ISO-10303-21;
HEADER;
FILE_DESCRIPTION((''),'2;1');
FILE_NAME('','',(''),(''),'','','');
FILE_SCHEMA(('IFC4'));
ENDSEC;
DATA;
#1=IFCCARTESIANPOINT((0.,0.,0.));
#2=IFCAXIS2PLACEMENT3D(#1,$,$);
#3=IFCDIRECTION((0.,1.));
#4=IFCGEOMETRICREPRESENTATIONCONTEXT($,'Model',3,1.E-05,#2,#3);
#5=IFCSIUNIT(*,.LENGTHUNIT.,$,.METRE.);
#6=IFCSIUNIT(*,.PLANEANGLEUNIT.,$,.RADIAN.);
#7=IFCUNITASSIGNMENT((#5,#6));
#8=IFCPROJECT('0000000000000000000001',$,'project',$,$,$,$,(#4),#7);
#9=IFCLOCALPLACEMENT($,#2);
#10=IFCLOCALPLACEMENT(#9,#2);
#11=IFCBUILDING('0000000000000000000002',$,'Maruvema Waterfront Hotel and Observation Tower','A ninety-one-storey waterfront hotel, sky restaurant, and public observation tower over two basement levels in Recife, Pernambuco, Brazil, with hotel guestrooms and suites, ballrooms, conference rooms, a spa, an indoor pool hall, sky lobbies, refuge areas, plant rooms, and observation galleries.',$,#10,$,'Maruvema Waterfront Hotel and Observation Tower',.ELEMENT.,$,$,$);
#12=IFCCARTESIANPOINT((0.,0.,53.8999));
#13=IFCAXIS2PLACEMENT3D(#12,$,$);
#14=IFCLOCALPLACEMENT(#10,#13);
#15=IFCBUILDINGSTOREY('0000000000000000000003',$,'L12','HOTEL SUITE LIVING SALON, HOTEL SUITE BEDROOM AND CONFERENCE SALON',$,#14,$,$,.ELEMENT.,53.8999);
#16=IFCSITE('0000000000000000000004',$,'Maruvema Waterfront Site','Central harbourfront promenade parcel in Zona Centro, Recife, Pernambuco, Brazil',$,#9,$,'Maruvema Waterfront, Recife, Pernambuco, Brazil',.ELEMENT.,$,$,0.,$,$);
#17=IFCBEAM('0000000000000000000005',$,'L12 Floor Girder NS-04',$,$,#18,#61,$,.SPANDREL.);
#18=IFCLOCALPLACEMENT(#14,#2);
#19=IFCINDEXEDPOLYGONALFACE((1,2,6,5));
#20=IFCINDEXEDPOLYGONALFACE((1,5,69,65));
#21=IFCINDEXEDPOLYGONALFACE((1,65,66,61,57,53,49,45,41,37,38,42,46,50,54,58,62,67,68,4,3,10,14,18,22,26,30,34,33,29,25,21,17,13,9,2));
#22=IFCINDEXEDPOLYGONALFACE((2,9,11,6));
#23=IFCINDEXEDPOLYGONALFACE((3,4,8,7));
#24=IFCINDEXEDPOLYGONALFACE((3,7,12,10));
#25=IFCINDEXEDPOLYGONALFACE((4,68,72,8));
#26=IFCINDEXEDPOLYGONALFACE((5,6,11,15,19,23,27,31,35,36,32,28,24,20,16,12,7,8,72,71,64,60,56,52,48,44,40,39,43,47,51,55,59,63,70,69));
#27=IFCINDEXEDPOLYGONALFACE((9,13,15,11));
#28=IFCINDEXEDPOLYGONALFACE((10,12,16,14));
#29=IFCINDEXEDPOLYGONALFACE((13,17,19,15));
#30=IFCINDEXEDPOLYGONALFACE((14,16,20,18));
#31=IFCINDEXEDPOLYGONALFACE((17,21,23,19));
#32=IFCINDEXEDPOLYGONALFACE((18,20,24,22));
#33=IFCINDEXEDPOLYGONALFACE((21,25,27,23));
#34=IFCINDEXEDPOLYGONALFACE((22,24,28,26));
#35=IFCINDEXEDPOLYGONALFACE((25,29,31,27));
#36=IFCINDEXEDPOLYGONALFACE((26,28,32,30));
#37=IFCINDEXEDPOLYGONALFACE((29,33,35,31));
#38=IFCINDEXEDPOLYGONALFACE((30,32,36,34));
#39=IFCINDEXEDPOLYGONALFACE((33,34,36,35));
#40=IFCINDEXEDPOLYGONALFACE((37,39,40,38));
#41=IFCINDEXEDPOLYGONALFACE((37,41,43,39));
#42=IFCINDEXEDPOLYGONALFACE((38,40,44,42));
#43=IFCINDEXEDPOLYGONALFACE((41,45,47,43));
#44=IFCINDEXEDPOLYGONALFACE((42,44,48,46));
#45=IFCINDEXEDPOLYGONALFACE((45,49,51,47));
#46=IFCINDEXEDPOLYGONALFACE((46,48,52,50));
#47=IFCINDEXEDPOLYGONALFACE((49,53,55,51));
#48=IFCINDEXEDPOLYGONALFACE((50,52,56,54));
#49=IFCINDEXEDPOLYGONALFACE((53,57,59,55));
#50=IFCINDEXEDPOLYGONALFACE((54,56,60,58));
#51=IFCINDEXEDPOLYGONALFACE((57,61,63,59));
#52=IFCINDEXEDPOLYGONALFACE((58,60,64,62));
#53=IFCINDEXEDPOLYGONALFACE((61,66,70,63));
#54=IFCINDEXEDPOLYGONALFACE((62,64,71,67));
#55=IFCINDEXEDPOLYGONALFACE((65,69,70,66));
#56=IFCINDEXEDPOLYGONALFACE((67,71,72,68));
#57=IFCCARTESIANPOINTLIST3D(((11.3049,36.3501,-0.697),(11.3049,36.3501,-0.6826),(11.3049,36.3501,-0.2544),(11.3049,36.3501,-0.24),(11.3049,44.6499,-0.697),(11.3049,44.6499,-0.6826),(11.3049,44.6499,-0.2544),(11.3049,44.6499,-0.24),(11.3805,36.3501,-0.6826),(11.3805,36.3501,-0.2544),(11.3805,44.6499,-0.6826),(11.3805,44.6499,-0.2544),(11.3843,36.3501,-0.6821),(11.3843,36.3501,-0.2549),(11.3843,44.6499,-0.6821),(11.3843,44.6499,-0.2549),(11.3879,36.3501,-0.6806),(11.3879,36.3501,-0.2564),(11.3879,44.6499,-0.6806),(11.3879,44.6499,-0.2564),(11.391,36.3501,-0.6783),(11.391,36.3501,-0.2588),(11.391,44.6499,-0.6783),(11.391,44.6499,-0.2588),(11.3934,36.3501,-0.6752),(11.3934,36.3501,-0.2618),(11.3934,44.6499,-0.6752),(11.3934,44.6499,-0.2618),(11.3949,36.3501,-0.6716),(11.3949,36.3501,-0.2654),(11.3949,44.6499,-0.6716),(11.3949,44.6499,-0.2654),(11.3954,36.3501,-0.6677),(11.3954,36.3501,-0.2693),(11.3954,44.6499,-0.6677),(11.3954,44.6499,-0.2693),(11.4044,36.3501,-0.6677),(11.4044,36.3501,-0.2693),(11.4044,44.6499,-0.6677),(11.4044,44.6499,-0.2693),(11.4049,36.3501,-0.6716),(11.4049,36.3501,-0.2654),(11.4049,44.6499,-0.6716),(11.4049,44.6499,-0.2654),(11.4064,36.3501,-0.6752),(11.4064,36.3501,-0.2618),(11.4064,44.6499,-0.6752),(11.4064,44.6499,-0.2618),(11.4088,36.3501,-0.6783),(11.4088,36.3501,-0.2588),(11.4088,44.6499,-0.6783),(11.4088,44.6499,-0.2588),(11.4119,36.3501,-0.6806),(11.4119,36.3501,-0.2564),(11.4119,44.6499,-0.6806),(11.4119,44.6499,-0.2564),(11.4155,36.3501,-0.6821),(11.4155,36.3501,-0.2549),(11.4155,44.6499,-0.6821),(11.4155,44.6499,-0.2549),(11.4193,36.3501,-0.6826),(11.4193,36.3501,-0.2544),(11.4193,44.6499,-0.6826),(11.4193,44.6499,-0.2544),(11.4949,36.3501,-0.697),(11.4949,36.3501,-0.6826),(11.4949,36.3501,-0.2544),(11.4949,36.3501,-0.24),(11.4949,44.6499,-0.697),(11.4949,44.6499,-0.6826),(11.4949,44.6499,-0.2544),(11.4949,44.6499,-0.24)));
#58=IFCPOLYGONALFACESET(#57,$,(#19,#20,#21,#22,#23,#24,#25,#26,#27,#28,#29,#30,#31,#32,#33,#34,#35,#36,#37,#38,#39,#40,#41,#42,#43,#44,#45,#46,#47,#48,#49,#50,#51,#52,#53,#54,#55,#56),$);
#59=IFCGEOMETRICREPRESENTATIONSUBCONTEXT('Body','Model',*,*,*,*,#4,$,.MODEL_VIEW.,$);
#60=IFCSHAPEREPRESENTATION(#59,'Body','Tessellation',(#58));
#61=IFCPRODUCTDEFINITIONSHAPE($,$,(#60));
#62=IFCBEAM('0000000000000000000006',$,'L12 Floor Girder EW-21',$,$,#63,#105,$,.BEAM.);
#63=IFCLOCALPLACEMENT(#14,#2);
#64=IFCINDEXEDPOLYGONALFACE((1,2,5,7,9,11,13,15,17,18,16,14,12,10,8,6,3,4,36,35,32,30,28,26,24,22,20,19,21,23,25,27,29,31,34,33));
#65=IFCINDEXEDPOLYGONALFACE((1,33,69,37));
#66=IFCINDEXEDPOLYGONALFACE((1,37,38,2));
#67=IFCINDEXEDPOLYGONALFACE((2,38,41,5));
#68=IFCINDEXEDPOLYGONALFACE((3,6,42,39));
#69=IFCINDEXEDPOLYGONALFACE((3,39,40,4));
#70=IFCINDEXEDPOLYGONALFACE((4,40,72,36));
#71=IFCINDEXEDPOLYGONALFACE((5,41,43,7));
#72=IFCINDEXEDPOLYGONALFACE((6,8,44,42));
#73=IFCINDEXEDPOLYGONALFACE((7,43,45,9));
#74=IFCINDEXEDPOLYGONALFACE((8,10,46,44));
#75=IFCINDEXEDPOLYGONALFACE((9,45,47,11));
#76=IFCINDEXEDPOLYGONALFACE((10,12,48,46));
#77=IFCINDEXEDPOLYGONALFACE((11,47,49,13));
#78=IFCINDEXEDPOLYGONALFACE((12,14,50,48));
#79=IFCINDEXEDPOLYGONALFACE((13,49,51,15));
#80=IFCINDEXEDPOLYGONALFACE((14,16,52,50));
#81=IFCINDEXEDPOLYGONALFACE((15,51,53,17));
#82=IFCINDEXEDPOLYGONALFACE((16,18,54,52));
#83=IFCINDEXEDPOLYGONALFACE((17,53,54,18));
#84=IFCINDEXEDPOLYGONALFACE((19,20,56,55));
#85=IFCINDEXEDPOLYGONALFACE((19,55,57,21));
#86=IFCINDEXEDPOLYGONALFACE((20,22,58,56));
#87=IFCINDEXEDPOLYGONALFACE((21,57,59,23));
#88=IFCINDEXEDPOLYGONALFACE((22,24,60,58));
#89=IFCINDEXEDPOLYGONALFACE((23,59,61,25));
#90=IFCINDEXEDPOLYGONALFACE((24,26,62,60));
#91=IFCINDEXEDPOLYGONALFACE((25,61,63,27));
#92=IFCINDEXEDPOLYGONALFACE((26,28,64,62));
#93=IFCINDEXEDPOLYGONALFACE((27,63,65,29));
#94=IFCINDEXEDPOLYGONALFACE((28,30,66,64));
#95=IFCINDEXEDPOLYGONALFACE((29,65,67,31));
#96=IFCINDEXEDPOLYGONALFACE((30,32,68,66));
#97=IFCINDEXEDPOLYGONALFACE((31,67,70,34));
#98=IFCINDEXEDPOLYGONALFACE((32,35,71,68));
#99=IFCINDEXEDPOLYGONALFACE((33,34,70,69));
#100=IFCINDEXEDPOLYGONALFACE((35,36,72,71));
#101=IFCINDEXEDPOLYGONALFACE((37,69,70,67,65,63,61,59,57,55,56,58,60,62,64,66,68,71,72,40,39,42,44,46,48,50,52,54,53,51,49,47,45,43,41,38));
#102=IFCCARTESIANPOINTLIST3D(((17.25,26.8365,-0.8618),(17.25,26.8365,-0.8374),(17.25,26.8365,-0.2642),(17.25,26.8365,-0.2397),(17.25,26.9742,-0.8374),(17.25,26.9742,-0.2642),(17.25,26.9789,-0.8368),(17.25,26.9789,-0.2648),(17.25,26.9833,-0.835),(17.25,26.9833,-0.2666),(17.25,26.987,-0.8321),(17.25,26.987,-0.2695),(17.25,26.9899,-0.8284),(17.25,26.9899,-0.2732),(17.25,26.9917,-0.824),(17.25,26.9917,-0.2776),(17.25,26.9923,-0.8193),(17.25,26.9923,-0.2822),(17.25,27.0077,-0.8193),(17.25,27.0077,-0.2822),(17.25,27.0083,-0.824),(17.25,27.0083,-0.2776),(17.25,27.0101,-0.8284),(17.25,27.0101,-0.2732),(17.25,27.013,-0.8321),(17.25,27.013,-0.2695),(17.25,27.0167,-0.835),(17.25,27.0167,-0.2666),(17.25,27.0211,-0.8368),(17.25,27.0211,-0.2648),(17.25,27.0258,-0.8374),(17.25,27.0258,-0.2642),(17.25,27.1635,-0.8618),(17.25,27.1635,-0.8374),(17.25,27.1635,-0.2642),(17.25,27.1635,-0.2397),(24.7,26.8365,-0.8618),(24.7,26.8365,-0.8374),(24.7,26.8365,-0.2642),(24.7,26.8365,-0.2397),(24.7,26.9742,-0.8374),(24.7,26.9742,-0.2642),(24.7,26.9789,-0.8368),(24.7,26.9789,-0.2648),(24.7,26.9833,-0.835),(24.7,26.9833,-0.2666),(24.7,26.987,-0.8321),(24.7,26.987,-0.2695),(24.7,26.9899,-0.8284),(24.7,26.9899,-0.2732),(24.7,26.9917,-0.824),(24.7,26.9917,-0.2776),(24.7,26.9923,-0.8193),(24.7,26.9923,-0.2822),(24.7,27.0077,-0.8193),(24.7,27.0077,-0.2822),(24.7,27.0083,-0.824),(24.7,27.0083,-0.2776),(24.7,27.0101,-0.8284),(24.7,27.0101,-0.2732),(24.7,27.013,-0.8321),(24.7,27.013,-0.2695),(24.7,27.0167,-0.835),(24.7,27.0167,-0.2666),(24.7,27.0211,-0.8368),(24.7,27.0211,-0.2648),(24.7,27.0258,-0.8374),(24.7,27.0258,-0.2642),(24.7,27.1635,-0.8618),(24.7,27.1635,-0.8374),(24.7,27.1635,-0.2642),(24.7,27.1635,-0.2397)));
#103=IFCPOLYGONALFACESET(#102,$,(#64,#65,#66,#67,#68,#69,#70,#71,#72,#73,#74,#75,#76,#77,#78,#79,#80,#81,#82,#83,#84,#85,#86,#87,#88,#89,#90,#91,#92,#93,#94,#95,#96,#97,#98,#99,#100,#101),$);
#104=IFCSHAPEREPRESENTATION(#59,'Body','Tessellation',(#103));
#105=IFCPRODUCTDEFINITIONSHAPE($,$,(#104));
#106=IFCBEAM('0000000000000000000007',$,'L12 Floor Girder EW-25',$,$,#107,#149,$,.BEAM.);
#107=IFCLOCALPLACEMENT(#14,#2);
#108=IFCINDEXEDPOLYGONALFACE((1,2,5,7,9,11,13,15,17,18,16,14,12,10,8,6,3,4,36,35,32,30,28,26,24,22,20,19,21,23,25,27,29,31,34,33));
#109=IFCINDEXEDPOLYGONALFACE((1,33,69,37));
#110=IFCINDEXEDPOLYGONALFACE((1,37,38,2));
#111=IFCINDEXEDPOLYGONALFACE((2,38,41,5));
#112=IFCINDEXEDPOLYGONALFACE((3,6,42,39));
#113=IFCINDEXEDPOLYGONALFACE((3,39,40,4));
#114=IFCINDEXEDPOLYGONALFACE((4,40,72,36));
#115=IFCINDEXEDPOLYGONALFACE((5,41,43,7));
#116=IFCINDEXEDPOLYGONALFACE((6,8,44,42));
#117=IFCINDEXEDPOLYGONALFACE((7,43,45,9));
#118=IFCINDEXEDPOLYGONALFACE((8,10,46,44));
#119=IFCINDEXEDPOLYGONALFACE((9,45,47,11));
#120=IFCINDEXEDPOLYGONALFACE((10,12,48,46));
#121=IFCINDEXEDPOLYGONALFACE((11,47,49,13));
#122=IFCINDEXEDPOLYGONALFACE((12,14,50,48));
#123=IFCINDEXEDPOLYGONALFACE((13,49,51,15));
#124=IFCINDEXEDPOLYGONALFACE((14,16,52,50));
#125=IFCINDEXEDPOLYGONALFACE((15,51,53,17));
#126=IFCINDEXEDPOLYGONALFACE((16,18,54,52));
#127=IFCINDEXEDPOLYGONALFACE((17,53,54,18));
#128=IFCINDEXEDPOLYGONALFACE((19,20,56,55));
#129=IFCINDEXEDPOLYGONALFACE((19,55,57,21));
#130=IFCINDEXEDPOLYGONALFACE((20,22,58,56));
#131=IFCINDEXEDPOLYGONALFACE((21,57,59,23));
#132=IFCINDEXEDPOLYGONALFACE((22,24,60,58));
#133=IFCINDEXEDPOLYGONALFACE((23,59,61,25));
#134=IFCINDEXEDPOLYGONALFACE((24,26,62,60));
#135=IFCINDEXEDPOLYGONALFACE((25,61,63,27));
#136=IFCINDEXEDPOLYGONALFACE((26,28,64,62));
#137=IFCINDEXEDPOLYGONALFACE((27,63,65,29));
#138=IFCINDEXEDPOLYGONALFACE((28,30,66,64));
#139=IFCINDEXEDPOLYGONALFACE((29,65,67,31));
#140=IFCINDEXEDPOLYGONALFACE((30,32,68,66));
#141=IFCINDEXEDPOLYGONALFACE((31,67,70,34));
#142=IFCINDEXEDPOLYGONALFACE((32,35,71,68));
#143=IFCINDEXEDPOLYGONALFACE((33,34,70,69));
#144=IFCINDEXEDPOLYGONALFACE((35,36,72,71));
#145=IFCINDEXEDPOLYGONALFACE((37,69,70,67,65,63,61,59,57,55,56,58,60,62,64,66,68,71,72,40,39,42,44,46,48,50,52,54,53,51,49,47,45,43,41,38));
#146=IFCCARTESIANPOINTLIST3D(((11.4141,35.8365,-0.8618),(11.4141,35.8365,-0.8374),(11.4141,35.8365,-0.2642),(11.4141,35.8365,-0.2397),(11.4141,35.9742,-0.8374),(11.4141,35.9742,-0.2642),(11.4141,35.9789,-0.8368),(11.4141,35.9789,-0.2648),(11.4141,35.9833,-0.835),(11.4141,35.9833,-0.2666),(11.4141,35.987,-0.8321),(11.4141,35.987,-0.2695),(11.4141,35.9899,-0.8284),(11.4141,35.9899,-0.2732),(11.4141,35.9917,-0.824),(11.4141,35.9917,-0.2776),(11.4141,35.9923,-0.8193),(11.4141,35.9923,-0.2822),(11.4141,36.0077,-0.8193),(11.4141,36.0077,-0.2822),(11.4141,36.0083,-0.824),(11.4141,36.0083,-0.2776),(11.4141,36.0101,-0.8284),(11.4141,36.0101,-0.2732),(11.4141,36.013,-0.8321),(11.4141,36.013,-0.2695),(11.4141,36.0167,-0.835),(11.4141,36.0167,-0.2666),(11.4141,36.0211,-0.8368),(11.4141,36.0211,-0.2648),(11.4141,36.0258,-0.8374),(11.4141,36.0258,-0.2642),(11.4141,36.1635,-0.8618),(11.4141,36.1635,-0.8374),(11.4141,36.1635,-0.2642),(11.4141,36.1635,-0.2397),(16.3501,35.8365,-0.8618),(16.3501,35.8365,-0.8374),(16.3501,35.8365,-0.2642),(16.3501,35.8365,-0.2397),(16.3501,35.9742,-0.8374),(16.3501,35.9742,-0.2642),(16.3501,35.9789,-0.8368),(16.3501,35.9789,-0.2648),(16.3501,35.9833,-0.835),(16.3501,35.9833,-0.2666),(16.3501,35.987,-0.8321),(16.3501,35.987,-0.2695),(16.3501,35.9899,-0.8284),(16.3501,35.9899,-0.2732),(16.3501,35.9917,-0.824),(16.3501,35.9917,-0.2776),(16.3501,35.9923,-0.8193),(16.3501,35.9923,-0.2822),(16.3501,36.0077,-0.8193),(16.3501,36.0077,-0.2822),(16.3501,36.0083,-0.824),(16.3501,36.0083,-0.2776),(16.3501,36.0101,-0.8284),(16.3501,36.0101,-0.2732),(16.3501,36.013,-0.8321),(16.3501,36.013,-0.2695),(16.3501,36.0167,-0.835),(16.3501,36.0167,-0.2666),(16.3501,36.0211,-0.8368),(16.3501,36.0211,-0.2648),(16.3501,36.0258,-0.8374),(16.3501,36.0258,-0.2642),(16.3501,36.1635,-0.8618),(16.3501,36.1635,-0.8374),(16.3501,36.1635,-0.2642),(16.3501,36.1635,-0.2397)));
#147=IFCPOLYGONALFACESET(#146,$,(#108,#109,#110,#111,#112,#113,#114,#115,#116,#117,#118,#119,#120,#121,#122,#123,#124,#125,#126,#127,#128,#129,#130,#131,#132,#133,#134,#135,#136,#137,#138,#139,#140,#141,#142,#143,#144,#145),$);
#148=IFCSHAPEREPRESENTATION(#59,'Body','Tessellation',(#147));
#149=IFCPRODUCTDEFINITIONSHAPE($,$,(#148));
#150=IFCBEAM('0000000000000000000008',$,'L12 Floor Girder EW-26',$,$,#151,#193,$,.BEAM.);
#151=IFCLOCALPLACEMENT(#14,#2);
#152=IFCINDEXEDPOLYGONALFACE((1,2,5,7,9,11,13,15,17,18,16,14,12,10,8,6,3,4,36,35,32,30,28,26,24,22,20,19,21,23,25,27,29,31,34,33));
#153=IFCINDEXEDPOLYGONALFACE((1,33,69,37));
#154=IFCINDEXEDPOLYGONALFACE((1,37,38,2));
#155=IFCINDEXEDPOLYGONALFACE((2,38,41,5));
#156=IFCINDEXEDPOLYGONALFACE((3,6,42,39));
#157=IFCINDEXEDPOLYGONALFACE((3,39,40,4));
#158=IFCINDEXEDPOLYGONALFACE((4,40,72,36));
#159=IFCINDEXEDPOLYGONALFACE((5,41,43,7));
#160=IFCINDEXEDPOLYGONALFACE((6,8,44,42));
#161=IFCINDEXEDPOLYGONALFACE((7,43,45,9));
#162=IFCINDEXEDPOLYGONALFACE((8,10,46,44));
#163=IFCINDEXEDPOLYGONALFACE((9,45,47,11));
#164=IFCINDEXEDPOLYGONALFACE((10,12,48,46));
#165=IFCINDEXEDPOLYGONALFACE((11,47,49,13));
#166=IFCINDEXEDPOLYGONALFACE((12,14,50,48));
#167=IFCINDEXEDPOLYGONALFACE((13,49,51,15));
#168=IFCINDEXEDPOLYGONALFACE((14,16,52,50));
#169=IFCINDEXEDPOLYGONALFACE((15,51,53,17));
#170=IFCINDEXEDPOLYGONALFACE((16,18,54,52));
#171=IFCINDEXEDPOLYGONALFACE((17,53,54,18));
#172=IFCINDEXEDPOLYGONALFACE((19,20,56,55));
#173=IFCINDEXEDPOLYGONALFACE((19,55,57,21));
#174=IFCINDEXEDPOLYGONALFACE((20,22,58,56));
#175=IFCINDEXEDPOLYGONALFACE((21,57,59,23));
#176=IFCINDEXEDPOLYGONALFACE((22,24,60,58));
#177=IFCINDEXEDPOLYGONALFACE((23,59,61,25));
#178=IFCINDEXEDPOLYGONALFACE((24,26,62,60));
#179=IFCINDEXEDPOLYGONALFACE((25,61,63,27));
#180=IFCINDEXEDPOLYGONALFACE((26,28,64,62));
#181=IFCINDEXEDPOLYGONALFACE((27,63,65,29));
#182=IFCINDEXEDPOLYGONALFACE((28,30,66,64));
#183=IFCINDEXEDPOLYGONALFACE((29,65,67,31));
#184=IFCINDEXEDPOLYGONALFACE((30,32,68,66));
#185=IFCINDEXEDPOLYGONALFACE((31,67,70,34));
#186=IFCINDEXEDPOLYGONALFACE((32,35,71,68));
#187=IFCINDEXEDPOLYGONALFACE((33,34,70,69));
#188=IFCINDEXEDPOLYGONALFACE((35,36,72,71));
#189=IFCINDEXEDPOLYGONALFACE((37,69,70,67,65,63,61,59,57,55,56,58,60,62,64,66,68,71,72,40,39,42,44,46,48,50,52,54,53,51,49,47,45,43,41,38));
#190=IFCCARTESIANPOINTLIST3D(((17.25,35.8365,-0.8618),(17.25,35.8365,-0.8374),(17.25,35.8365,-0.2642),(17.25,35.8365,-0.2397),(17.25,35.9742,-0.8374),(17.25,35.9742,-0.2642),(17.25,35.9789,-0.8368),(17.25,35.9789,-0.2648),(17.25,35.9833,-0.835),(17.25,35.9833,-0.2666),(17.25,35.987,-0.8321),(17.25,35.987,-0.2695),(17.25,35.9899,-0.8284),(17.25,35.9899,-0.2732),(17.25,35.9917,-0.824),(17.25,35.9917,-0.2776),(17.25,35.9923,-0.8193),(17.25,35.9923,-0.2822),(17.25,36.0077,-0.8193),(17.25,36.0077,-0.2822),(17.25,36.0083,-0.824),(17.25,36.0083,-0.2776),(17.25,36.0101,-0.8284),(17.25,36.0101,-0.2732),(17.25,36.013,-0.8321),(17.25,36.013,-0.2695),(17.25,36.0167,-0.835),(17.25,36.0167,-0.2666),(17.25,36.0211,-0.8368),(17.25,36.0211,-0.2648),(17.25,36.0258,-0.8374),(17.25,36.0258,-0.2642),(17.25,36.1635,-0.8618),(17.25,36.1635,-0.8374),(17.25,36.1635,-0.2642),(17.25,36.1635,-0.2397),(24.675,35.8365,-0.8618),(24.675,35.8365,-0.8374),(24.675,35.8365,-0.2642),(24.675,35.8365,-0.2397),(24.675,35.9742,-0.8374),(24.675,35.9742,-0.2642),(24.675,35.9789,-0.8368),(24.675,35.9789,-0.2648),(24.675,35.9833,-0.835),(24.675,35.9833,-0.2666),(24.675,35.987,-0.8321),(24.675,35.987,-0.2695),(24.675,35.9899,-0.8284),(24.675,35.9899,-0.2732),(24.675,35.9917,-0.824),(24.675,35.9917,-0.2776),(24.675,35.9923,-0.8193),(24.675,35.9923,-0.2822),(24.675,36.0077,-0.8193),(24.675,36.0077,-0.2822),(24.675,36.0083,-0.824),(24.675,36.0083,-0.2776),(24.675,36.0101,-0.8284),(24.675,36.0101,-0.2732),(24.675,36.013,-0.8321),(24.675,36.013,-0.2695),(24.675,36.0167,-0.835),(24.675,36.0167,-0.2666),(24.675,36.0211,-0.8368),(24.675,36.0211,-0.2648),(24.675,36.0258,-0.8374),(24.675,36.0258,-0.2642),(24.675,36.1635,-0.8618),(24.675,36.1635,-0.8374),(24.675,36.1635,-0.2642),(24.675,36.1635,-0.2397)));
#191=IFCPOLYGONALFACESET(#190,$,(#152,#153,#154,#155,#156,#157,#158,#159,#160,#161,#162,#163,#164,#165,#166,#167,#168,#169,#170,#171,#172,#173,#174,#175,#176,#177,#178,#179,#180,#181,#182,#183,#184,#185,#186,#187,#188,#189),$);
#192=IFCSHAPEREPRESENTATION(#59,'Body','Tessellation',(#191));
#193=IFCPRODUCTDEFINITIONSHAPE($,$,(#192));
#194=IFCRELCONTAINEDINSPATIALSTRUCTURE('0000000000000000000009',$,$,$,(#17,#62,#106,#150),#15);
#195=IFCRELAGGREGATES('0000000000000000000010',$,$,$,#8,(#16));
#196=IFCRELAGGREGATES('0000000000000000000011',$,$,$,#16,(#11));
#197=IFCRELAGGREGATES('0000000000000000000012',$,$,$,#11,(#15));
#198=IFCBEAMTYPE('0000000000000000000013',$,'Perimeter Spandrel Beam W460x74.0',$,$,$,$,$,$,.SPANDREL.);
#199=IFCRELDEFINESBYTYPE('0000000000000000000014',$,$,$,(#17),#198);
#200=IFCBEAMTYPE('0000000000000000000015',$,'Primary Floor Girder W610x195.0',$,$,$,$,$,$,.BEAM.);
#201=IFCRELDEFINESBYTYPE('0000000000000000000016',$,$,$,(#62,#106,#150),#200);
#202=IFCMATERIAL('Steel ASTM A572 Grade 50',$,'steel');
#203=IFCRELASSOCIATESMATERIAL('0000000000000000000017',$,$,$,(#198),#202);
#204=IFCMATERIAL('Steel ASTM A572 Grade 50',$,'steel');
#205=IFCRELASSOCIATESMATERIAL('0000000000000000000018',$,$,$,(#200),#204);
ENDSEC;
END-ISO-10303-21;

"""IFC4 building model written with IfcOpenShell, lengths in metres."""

from ifc_helpers import new_model, si_unit, direction, frame, origin, origin_2d, place, context, subcontext, project, spatial, i_section, extrude, material, material_profile, profile_set, type_object, element, save


model = new_model("IFC4")

# Units and contexts
model_context = context("Model", 3, precision=1e-05, world=origin(), true_north=direction((0.0, 1.0)))
body_context = subcontext(model_context, "Body", "Model", "MODEL_VIEW")
ifc_project = project(units=[si_unit("LENGTHUNIT", "METRE"), si_unit("PLANEANGLEUNIT", "RADIAN")], contexts=[model_context])

# Site, building, storey
site_placement = place(None, origin())
site = spatial("IfcSite", under=ifc_project, at=site_placement, Name="Maruvema Waterfront Site", Description="Central harbourfront promenade parcel in Zona Centro, Recife, Pernambuco, Brazil", LongName="Maruvema Waterfront, Recife, Pernambuco, Brazil", CompositionType="ELEMENT", RefElevation=0.0)
building_placement = place(site_placement, origin())
building = spatial("IfcBuilding", under=site, at=building_placement, Name="Maruvema Waterfront Hotel and Observation Tower", Description="A ninety-one-storey waterfront hotel, sky restaurant, and public observation tower over two basement levels in Recife, Pernambuco, Brazil, with hotel guestrooms and suites, ballrooms, conference rooms, a spa, an indoor pool hall, sky lobbies, refuge areas, plant rooms, and observation galleries.", LongName="Maruvema Waterfront Hotel and Observation Tower", CompositionType="ELEMENT")
storey_placement = place(building_placement, frame((0.0, 0.0, 53.8999)))
storey = spatial("IfcBuildingStorey", under=building, at=storey_placement, Name="L12", Description="HOTEL SUITE LIVING SALON, HOTEL SUITE BEDROOM AND CONFERENCE SALON", CompositionType="ELEMENT", Elevation=53.8999)

# Beams
ifc_material_1 = material(Name="Steel ASTM A572 Grade 50", Category="steel")
ifc_material_profile_1 = material_profile(ifc_material_1, i_section(OverallWidth=0.1899, OverallDepth=0.457, WebThickness=0.009, FlangeThickness=0.0144, FilletRadius=0.0149, at=origin_2d()), Name="W460x74.0")
ifc_profile_set_1 = profile_set([ifc_material_profile_1], Name="Steel ASTM A572 Grade 50")
beam_type_1 = type_object("IfcBeamType", Name="Perimeter Spandrel Beam W460x74.0", PredefinedType="SPANDREL", material=ifc_profile_set_1)
for number, where, z_axis, x_axis, name in (
    (1, (11.3999, 36.3501, -0.4685), (0.0, 1.0, 0.0), (-1.0, 0.0, 0.0), "L12 Floor Girder NS-04"),
):
    element("IfcBeam", number, at=place(storey_placement, frame(where, z_axis=z_axis, x_axis=x_axis)), inside=storey, type_object=beam_type_1, Name=name, PredefinedType="SPANDREL", context=body_context, shape_type="SweptSolid", body=[
        extrude(i_section(OverallWidth=0.1899, OverallDepth=0.457, WebThickness=0.009, FlangeThickness=0.0144, FilletRadius=0.0149, at=origin_2d()), origin(), (0.0, 0.0, 1.0), 8.2998),
    ])
ifc_material_2 = material(Name="Steel ASTM A572 Grade 50", Category="steel")
ifc_material_profile_2 = material_profile(ifc_material_2, i_section(OverallWidth=0.3269, OverallDepth=0.6221, WebThickness=0.0154, FlangeThickness=0.0244, FilletRadius=0.0181, at=origin_2d()), Name="W610x195.0")
ifc_profile_set_2 = profile_set([ifc_material_profile_2], Name="Steel ASTM A572 Grade 50")
beam_type_2 = type_object("IfcBeamType", Name="Primary Floor Girder W610x195.0", PredefinedType="BEAM", material=ifc_profile_set_2)
beam_1_placement = place(storey_placement, frame((17.25, 27.0, -0.5508), z_axis=(1.0, 0.0, 0.0), x_axis=(0.0, 1.0, 0.0)))
element("IfcBeam", 2, at=beam_1_placement, inside=storey, type_object=beam_type_2, Name="L12 Floor Girder EW-21", PredefinedType="BEAM", context=body_context, shape_type="SweptSolid", body=[
    extrude(i_section(OverallWidth=0.3269, OverallDepth=0.6221, WebThickness=0.0154, FlangeThickness=0.0244, FilletRadius=0.0181, at=origin_2d()), origin(), (0.0, 0.0, 1.0), 7.45),
])
beam_2_placement = place(storey_placement, frame((11.4141, 36.0, -0.5508), z_axis=(1.0, 0.0, 0.0), x_axis=(0.0, 1.0, 0.0)))
element("IfcBeam", 3, at=beam_2_placement, inside=storey, type_object=beam_type_2, Name="L12 Floor Girder EW-25", PredefinedType="BEAM", context=body_context, shape_type="SweptSolid", body=[
    extrude(i_section(OverallWidth=0.3269, OverallDepth=0.6221, WebThickness=0.0154, FlangeThickness=0.0244, FilletRadius=0.0181, at=origin_2d()), origin(), (0.0, 0.0, 1.0), 4.936),
])
beam_3_placement = place(storey_placement, frame((17.25, 36.0, -0.5508), z_axis=(1.0, 0.0, 0.0), x_axis=(0.0, 1.0, 0.0)))
element("IfcBeam", 4, at=beam_3_placement, inside=storey, type_object=beam_type_2, Name="L12 Floor Girder EW-26", PredefinedType="BEAM", context=body_context, shape_type="SweptSolid", body=[
    extrude(i_section(OverallWidth=0.3269, OverallDepth=0.6221, WebThickness=0.0154, FlangeThickness=0.0244, FilletRadius=0.0181, at=origin_2d()), origin(), (0.0, 0.0, 1.0), 7.425),
])

save(model, "model.ifc")
